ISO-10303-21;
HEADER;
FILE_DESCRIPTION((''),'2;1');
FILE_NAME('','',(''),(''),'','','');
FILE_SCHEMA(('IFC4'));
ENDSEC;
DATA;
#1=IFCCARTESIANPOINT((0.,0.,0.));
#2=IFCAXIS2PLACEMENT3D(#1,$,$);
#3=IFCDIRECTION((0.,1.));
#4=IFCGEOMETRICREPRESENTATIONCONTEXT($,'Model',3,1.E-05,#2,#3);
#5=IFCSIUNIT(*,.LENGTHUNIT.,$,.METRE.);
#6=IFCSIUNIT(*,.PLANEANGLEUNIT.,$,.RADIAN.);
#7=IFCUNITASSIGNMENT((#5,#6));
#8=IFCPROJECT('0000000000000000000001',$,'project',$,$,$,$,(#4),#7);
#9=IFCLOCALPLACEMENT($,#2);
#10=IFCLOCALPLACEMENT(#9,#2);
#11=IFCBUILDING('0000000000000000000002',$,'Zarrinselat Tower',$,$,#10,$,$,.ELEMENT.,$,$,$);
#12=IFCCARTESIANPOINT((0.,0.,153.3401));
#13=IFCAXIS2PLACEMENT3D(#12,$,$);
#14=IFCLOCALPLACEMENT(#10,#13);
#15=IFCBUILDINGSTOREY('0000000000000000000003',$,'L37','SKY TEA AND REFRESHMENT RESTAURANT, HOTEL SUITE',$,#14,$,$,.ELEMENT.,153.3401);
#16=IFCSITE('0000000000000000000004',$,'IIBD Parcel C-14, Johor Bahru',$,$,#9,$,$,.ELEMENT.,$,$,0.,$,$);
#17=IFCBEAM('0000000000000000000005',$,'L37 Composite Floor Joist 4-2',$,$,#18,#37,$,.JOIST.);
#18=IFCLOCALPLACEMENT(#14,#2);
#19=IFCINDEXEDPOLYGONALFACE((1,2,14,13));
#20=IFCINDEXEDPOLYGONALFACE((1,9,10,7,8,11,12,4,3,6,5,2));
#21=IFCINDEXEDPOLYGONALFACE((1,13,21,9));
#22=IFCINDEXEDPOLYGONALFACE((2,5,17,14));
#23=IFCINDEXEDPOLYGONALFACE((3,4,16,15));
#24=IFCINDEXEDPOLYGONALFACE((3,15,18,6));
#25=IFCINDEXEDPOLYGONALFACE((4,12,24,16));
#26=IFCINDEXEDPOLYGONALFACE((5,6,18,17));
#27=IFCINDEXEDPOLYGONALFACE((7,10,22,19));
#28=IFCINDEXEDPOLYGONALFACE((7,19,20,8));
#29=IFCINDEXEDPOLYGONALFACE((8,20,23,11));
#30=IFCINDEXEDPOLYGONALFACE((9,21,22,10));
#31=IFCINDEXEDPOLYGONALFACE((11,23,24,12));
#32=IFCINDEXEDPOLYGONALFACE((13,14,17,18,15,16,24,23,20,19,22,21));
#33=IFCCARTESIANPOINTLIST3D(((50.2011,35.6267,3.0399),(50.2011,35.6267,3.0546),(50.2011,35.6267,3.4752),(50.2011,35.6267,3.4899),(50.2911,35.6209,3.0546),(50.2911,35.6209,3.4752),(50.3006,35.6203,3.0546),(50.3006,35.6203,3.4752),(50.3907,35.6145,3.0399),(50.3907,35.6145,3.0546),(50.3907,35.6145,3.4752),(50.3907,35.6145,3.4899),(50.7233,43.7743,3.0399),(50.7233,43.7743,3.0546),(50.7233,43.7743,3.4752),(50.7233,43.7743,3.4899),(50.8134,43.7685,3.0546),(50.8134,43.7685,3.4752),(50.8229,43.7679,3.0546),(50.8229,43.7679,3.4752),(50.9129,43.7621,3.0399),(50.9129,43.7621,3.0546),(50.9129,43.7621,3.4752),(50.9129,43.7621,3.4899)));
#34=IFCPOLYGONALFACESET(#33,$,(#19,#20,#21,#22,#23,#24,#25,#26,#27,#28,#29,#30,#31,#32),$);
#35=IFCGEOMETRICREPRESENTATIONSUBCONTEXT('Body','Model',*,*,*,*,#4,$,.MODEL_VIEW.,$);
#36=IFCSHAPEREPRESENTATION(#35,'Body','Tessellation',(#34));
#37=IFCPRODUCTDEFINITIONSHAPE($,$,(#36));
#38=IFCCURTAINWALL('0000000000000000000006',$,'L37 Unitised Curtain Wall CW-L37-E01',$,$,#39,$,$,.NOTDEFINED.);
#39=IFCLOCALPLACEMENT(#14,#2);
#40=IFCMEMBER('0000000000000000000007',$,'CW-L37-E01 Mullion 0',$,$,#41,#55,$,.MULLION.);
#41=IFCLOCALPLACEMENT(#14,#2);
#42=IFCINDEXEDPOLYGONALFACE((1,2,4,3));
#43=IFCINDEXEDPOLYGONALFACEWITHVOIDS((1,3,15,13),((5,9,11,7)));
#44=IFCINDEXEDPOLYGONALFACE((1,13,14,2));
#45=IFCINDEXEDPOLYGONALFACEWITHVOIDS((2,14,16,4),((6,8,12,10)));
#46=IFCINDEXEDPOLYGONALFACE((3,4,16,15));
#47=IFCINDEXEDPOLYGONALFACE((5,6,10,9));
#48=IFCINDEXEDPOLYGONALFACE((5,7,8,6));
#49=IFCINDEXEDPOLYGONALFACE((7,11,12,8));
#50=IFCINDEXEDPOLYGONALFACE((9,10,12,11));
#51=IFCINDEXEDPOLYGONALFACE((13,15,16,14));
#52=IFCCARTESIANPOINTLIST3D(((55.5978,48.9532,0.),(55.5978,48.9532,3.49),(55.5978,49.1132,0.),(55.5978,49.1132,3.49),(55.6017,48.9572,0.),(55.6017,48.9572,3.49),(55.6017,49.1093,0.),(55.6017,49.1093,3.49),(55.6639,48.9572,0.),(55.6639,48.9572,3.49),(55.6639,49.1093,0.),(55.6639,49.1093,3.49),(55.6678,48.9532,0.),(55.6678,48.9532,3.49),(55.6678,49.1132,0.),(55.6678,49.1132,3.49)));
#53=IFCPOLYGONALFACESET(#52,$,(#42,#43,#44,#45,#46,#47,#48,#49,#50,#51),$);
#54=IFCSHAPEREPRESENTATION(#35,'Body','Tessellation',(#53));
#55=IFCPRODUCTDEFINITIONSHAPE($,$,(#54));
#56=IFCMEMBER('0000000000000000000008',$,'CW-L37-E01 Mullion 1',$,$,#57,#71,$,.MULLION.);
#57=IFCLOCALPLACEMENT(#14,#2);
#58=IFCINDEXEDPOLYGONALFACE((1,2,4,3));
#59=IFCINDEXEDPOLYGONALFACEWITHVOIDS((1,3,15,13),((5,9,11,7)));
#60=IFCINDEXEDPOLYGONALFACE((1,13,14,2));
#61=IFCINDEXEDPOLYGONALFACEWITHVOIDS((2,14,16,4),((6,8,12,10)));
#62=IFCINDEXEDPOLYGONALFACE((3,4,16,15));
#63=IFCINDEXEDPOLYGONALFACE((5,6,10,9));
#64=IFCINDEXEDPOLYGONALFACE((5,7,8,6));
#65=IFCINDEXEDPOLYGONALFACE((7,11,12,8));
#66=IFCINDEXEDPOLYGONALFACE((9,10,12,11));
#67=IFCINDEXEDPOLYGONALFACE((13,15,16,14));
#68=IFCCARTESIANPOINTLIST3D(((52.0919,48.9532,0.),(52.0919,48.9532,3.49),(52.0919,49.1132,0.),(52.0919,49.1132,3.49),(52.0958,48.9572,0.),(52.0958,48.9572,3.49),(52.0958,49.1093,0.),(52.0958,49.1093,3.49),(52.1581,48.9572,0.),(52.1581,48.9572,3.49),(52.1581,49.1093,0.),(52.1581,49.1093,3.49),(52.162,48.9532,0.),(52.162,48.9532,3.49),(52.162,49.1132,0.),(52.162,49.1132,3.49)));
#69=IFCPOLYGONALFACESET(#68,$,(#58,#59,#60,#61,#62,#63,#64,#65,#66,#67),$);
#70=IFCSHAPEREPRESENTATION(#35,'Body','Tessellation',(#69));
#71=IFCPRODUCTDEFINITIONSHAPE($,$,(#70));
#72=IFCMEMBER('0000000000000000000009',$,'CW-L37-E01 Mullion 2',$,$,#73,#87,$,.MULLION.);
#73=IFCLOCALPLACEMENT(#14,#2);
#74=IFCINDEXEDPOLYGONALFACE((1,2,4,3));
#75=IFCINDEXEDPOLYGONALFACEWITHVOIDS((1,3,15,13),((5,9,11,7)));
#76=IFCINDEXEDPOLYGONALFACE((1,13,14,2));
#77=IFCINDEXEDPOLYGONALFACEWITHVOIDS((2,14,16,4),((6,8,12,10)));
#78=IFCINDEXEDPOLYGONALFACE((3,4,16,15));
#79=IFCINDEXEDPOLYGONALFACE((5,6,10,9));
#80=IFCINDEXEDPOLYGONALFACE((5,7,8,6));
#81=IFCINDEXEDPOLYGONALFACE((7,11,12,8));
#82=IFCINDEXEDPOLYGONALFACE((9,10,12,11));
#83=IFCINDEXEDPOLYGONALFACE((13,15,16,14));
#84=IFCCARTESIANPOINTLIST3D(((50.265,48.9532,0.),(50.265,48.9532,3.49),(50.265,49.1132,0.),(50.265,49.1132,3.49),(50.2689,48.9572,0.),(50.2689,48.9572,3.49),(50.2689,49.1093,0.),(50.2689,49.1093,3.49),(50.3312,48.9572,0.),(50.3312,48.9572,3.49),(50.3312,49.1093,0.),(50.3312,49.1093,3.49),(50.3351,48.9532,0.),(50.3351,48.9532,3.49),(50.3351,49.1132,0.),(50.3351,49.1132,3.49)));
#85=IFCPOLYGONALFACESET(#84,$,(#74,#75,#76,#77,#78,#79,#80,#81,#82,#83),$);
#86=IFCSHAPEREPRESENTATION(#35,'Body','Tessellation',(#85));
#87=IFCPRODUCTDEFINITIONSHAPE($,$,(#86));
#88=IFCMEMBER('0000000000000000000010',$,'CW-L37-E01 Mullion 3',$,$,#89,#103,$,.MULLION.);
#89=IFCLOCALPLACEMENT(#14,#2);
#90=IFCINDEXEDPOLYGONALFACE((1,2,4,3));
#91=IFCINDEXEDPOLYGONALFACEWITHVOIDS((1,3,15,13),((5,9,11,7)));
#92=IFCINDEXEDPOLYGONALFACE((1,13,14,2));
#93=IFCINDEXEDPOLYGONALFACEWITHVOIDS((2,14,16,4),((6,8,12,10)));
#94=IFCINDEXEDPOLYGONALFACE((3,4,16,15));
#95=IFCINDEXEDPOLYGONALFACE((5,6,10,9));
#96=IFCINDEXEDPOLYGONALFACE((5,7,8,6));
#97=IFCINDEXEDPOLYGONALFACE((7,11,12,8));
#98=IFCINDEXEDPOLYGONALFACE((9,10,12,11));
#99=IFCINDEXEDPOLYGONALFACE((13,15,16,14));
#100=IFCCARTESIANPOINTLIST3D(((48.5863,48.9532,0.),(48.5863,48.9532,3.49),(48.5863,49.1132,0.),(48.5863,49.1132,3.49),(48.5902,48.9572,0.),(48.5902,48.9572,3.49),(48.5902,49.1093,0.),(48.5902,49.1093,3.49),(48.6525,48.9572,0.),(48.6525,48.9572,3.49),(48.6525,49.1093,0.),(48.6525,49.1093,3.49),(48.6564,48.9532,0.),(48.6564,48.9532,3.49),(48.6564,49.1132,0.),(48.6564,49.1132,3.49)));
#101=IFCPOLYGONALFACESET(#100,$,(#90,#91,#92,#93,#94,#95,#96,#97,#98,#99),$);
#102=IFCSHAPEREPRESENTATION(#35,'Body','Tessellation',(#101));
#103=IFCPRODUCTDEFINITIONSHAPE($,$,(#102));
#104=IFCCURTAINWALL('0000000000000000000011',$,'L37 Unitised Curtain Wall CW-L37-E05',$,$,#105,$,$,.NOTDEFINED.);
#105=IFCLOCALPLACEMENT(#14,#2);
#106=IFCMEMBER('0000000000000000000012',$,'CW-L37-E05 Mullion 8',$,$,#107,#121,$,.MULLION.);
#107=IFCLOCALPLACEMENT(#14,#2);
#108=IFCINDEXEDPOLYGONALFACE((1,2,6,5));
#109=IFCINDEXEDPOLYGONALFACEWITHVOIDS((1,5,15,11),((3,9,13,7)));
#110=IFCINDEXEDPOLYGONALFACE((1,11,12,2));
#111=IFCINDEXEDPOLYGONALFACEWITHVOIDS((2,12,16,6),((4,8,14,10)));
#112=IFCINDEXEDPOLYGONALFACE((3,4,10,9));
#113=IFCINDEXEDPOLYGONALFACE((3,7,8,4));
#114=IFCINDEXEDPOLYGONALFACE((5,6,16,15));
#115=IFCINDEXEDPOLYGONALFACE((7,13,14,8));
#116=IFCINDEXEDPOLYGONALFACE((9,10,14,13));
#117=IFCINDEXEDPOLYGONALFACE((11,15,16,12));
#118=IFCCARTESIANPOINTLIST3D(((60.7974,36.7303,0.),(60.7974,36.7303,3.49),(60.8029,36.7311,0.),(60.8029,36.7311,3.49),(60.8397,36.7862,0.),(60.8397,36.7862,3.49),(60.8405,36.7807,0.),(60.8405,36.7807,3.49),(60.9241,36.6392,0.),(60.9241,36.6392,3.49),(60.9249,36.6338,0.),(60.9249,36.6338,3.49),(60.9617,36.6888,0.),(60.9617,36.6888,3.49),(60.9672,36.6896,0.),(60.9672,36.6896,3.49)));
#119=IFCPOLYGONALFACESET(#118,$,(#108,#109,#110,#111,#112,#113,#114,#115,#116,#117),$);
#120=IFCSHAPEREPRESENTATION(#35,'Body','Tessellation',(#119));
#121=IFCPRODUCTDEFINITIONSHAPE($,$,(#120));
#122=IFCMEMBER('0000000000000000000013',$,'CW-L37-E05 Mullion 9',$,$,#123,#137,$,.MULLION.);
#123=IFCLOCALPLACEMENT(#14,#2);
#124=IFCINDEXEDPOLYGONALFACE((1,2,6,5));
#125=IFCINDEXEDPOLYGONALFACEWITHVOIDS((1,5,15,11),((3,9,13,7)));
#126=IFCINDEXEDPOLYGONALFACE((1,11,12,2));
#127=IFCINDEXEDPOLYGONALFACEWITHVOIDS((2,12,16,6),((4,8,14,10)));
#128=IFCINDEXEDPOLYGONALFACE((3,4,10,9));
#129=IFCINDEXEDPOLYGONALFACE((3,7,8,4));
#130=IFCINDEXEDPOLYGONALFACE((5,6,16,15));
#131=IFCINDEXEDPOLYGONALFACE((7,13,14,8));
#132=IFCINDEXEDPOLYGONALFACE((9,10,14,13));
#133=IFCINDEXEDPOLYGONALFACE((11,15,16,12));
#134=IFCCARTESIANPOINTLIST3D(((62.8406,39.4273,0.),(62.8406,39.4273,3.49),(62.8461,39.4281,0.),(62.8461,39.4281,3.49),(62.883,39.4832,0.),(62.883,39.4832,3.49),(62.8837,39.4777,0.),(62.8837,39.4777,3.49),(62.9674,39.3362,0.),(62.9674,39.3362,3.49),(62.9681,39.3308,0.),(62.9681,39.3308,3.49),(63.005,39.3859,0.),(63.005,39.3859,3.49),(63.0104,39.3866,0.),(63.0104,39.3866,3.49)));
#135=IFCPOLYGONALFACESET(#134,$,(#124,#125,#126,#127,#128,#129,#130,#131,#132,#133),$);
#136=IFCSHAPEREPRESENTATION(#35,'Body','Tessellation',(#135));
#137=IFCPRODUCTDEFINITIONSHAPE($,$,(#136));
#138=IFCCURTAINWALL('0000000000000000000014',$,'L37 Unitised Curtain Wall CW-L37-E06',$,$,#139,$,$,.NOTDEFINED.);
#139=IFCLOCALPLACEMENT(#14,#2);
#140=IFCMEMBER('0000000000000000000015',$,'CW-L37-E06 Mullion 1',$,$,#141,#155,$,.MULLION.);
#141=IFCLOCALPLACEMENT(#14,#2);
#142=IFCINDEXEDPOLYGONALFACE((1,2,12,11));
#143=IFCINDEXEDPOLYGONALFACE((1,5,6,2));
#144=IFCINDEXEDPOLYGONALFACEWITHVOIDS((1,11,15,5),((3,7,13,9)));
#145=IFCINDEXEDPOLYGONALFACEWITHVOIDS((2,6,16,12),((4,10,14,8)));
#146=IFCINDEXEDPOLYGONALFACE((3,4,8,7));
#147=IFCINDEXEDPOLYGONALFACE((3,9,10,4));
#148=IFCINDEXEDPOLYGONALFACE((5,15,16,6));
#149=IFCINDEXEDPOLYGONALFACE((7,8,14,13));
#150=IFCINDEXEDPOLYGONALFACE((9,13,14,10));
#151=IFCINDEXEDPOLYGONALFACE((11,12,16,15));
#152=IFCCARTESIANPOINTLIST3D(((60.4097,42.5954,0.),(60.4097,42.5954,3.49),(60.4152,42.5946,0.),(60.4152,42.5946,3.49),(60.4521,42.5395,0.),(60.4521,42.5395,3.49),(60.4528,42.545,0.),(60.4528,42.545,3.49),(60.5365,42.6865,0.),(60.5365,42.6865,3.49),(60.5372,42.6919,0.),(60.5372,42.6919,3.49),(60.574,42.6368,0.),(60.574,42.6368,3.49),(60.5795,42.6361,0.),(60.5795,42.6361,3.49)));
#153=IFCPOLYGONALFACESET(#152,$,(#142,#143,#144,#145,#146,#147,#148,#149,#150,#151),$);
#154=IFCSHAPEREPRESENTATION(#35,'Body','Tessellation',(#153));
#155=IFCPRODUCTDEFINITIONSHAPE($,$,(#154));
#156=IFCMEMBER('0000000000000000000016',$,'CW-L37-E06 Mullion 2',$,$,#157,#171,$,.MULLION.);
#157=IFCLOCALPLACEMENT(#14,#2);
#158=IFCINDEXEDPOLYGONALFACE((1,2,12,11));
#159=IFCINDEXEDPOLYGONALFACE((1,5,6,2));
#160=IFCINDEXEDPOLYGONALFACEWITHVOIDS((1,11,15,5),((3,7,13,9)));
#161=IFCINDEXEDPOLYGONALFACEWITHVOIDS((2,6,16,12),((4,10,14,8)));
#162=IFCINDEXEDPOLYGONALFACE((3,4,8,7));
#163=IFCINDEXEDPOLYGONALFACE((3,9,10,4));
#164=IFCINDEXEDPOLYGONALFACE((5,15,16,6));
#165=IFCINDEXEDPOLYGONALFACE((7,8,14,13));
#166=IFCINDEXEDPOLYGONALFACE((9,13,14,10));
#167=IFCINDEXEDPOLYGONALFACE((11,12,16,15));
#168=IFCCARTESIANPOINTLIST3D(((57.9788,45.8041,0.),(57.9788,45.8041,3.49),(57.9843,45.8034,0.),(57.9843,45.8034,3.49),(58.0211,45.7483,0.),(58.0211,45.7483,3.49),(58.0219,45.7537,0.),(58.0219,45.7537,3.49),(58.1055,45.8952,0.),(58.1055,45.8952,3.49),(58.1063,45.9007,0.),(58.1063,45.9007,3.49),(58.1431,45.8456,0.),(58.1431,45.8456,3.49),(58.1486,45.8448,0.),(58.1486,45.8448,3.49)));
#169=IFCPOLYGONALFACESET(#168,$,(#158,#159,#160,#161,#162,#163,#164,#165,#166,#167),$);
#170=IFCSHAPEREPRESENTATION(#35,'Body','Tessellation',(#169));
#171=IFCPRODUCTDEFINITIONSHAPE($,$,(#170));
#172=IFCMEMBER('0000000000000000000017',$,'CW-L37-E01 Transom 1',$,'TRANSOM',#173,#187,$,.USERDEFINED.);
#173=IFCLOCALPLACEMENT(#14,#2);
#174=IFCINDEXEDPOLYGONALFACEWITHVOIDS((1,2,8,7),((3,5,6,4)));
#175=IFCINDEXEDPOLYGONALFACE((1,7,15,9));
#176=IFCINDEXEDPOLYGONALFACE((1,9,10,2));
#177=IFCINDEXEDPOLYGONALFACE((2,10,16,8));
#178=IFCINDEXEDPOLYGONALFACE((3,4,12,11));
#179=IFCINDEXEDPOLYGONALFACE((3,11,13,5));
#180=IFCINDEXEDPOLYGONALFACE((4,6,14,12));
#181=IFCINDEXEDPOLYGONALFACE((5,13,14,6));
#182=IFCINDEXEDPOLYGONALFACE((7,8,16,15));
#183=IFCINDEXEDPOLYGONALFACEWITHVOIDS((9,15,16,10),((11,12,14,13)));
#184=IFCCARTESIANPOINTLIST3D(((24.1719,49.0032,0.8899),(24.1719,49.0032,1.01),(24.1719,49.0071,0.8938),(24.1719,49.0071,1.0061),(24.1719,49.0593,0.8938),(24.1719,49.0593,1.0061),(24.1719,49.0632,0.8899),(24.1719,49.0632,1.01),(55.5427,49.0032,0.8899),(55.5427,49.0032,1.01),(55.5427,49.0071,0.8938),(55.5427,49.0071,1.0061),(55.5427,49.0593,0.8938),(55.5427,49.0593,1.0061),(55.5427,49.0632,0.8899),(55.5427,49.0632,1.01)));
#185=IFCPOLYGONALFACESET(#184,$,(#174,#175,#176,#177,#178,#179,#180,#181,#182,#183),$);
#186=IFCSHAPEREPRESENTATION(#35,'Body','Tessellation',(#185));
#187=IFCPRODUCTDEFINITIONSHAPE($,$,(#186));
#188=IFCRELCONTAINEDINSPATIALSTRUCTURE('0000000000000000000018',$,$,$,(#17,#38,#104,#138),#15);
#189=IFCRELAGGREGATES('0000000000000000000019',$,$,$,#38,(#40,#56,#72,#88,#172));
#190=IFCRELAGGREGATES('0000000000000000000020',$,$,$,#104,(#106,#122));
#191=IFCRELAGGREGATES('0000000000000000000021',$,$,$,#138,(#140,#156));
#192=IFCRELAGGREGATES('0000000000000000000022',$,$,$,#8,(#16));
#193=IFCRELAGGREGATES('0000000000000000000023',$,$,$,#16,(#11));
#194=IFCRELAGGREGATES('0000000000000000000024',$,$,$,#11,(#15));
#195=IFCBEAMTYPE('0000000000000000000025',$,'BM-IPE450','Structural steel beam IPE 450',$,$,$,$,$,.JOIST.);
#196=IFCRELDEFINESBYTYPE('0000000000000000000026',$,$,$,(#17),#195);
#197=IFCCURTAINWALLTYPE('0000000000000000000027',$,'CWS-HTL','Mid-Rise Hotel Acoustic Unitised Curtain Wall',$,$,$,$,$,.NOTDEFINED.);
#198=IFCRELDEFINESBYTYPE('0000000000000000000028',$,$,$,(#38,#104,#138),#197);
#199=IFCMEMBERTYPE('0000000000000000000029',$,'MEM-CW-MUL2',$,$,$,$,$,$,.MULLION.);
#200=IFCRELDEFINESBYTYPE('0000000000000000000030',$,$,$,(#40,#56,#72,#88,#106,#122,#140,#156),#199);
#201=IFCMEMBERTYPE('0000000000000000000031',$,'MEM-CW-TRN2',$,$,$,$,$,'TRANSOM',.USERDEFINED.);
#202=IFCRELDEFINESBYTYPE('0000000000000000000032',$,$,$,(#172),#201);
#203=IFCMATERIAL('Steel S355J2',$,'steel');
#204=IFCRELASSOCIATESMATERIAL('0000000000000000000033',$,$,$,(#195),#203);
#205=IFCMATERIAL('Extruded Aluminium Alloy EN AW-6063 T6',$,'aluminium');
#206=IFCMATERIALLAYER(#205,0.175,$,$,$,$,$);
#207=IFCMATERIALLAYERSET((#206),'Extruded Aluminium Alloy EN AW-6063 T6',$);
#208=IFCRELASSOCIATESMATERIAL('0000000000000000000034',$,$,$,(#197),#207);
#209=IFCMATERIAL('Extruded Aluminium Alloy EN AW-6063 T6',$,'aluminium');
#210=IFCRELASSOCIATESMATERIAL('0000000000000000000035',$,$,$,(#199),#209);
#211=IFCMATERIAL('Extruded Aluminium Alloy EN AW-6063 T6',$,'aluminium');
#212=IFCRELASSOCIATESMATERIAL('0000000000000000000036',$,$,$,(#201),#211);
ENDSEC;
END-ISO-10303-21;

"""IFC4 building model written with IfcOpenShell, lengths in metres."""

from ifc_helpers import new_model, si_unit, direction, frame, origin, origin_2d, place, context, subcontext, project, spatial, hollow_rectangle, i_section, extrude, material, layer, layer_set, material_profile, profile_set, type_object, element, aggregate, save


model = new_model("IFC4")

# Units and contexts
model_context = context("Model", 3, precision=1e-05, world=origin(), true_north=direction((0.0, 1.0)))
body_context = subcontext(model_context, "Body", "Model", "MODEL_VIEW")
ifc_project = project(units=[si_unit("LENGTHUNIT", "METRE"), si_unit("PLANEANGLEUNIT", "RADIAN")], contexts=[model_context])

# Site, building, storey
site_placement = place(None, origin())
site = spatial("IfcSite", under=ifc_project, at=site_placement, Name="IIBD Parcel C-14, Johor Bahru", CompositionType="ELEMENT", RefElevation=0.0)
building_placement = place(site_placement, origin())
building = spatial("IfcBuilding", under=site, at=building_placement, Name="Zarrinselat Tower", CompositionType="ELEMENT")
storey_placement = place(building_placement, frame((0.0, 0.0, 153.3401)))
storey = spatial("IfcBuildingStorey", under=building, at=storey_placement, Name="L37", Description="SKY TEA AND REFRESHMENT RESTAURANT, HOTEL SUITE", CompositionType="ELEMENT", Elevation=153.3401)

# Beam
ifc_material_1 = material(Name="Steel S355J2", Category="steel")
ifc_material_profile_1 = material_profile(ifc_material_1, i_section(OverallWidth=0.1899, OverallDepth=0.45, WebThickness=0.0095, FlangeThickness=0.0146, at=origin_2d()), Name="IPE 450")
ifc_profile_set_1 = profile_set([ifc_material_profile_1], Name="Steel S355J2")
beam_type_1 = type_object("IfcBeamType", Name="BM-IPE450", Description="Structural steel beam IPE 450", PredefinedType="JOIST", material=ifc_profile_set_1)
beam_1_placement = place(storey_placement, frame((50.2959, 35.6206, 3.2649), z_axis=(0.063962, 0.997952, 0.0), x_axis=(-0.997952, 0.063962, 0.0)))
element("IfcBeam", 1, at=beam_1_placement, inside=storey, type_object=beam_type_1, Name="L37 Composite Floor Joist 4-2", PredefinedType="JOIST", context=body_context, shape_type="SweptSolid", body=[
    extrude(i_section(OverallWidth=0.1899, OverallDepth=0.45, WebThickness=0.0095, FlangeThickness=0.0146, at=origin_2d()), origin(), (0.0, 0.0, 1.0), 8.1643),
])

# Curtain walls, members
ifc_material_2 = material(Name="Extruded Aluminium Alloy EN AW-6063 T6", Category="aluminium")
ifc_layer_1 = layer(ifc_material_2, 0.175)
ifc_layer_set_1 = layer_set([ifc_layer_1], Name="Extruded Aluminium Alloy EN AW-6063 T6")
curtain_wall_type = type_object("IfcCurtainWallType", Name="CWS-HTL", Description="Mid-Rise Hotel Acoustic Unitised Curtain Wall", PredefinedType="NOTDEFINED", material=ifc_layer_set_1)
curtain_wall_1_placement = place(storey_placement, origin())
curtain_wall_1 = element("IfcCurtainWall", 2, at=curtain_wall_1_placement, inside=storey, type_object=curtain_wall_type, Name="L37 Unitised Curtain Wall CW-L37-E01", PredefinedType="NOTDEFINED")
ifc_material_3 = material(Name="Extruded Aluminium Alloy EN AW-6063 T6", Category="aluminium")
ifc_material_profile_2 = material_profile(ifc_material_3, hollow_rectangle(XDim=0.0701, YDim=0.1599, WallThickness=0.0039, at=origin_2d()), Name="RHS 160x70x4")
ifc_profile_set_2 = profile_set([ifc_material_profile_2], Name="Extruded Aluminium Alloy EN AW-6063 T6")
member_type_1 = type_object("IfcMemberType", Name="MEM-CW-MUL2", PredefinedType="MULLION", material=ifc_profile_set_2)
member_1_placement = place(storey_placement, frame((55.6328, 49.0332, 0.0), z_axis=(0.0, 0.0, 1.0), x_axis=(-1.0, 0.0, 0.0)))
member_1 = element("IfcMember", 3, at=member_1_placement, type_object=member_type_1, Name="CW-L37-E01 Mullion 0", PredefinedType="MULLION", context=body_context, shape_type="SweptSolid", body=[
    extrude(hollow_rectangle(XDim=0.0701, YDim=0.1599, WallThickness=0.0039, at=origin_2d()), origin(), (0.0, 0.0, 1.0), 3.49),
])
member_2_placement = place(storey_placement, frame((52.127, 49.0332, 0.0), z_axis=(0.0, 0.0, 1.0), x_axis=(-1.0, 0.0, 0.0)))
member_2 = element("IfcMember", 4, at=member_2_placement, type_object=member_type_1, Name="CW-L37-E01 Mullion 1", PredefinedType="MULLION", context=body_context, shape_type="SweptSolid", body=[
    extrude(hollow_rectangle(XDim=0.0701, YDim=0.1599, WallThickness=0.0039, at=origin_2d()), origin(), (0.0, 0.0, 1.0), 3.49),
])
member_3_placement = place(storey_placement, frame((50.3, 49.0332, 0.0), z_axis=(0.0, 0.0, 1.0), x_axis=(-1.0, 0.0, 0.0)))
member_3 = element("IfcMember", 5, at=member_3_placement, type_object=member_type_1, Name="CW-L37-E01 Mullion 2", PredefinedType="MULLION", context=body_context, shape_type="SweptSolid", body=[
    extrude(hollow_rectangle(XDim=0.0701, YDim=0.1599, WallThickness=0.0039, at=origin_2d()), origin(), (0.0, 0.0, 1.0), 3.49),
])
member_4_placement = place(storey_placement, frame((48.6213, 49.0332, 0.0), z_axis=(0.0, 0.0, 1.0), x_axis=(-1.0, 0.0, 0.0)))
member_4 = element("IfcMember", 6, at=member_4_placement, type_object=member_type_1, Name="CW-L37-E01 Mullion 3", PredefinedType="MULLION", context=body_context, shape_type="SweptSolid", body=[
    extrude(hollow_rectangle(XDim=0.0701, YDim=0.1599, WallThickness=0.0039, at=origin_2d()), origin(), (0.0, 0.0, 1.0), 3.49),
])
curtain_wall_2_placement = place(storey_placement, origin())
curtain_wall_2 = element("IfcCurtainWall", 7, at=curtain_wall_2_placement, inside=storey, type_object=curtain_wall_type, Name="L37 Unitised Curtain Wall CW-L37-E05", PredefinedType="NOTDEFINED")
member_5_placement = place(storey_placement, frame((60.8823, 36.71, 0.0), z_axis=(0.0, 0.0, 1.0), x_axis=(0.603858, 0.797092, 0.0)))
member_5 = element("IfcMember", 8, at=member_5_placement, type_object=member_type_1, Name="CW-L37-E05 Mullion 8", PredefinedType="MULLION", context=body_context, shape_type="SweptSolid", body=[
    extrude(hollow_rectangle(XDim=0.0701, YDim=0.1599, WallThickness=0.0039, at=origin_2d()), origin(), (0.0, 0.0, 1.0), 3.49),
])
member_6_placement = place(storey_placement, frame((62.9255, 39.407, 0.0), z_axis=(0.0, 0.0, 1.0), x_axis=(0.603858, 0.797092, 0.0)))
member_6 = element("IfcMember", 9, at=member_6_placement, type_object=member_type_1, Name="CW-L37-E05 Mullion 9", PredefinedType="MULLION", context=body_context, shape_type="SweptSolid", body=[
    extrude(hollow_rectangle(XDim=0.0701, YDim=0.1599, WallThickness=0.0039, at=origin_2d()), origin(), (0.0, 0.0, 1.0), 3.49),
])
curtain_wall_3_placement = place(storey_placement, origin())
curtain_wall_3 = element("IfcCurtainWall", 10, at=curtain_wall_3_placement, inside=storey, type_object=curtain_wall_type, Name="L37 Unitised Curtain Wall CW-L37-E06", PredefinedType="NOTDEFINED")
member_7_placement = place(storey_placement, frame((60.4946, 42.6157, 0.0), z_axis=(0.0, 0.0, 1.0), x_axis=(-0.603862, 0.797089, 0.0)))
member_7 = element("IfcMember", 11, at=member_7_placement, type_object=member_type_1, Name="CW-L37-E06 Mullion 1", PredefinedType="MULLION", context=body_context, shape_type="SweptSolid", body=[
    extrude(hollow_rectangle(XDim=0.0701, YDim=0.1599, WallThickness=0.0039, at=origin_2d()), origin(), (0.0, 0.0, 1.0), 3.49),
])
member_8_placement = place(storey_placement, frame((58.0637, 45.8245, 0.0), z_axis=(0.0, 0.0, 1.0), x_axis=(-0.603862, 0.797089, 0.0)))
member_8 = element("IfcMember", 12, at=member_8_placement, type_object=member_type_1, Name="CW-L37-E06 Mullion 2", PredefinedType="MULLION", context=body_context, shape_type="SweptSolid", body=[
    extrude(hollow_rectangle(XDim=0.0701, YDim=0.1599, WallThickness=0.0039, at=origin_2d()), origin(), (0.0, 0.0, 1.0), 3.49),
])

# Member
ifc_material_4 = material(Name="Extruded Aluminium Alloy EN AW-6063 T6", Category="aluminium")
ifc_material_profile_3 = material_profile(ifc_material_4, hollow_rectangle(XDim=0.0601, YDim=0.1201, WallThickness=0.0039, at=origin_2d()), Name="RHS 120x60x4")
ifc_profile_set_3 = profile_set([ifc_material_profile_3], Name="Extruded Aluminium Alloy EN AW-6063 T6")
member_type_2 = type_object("IfcMemberType", Name="MEM-CW-TRN2", ElementType="TRANSOM", PredefinedType="USERDEFINED", material=ifc_profile_set_3)
member_9_placement = place(storey_placement, frame((55.5427, 49.0332, 0.95), z_axis=(-1.0, 0.0, 0.0), x_axis=(0.0, -1.0, 0.0)))
member_9 = element("IfcMember", 13, at=member_9_placement, type_object=member_type_2, Name="CW-L37-E01 Transom 1", ObjectType="TRANSOM", PredefinedType="USERDEFINED", context=body_context, shape_type="SweptSolid", body=[
    extrude(hollow_rectangle(XDim=0.0601, YDim=0.1201, WallThickness=0.0039, at=origin_2d()), origin(), (0.0, 0.0, 1.0), 31.3708),
])

aggregate(curtain_wall_1, [member_1, member_2, member_3, member_4, member_9])
aggregate(curtain_wall_2, [member_5, member_6])
aggregate(curtain_wall_3, [member_7, member_8])

save(model, "model.ifc")
